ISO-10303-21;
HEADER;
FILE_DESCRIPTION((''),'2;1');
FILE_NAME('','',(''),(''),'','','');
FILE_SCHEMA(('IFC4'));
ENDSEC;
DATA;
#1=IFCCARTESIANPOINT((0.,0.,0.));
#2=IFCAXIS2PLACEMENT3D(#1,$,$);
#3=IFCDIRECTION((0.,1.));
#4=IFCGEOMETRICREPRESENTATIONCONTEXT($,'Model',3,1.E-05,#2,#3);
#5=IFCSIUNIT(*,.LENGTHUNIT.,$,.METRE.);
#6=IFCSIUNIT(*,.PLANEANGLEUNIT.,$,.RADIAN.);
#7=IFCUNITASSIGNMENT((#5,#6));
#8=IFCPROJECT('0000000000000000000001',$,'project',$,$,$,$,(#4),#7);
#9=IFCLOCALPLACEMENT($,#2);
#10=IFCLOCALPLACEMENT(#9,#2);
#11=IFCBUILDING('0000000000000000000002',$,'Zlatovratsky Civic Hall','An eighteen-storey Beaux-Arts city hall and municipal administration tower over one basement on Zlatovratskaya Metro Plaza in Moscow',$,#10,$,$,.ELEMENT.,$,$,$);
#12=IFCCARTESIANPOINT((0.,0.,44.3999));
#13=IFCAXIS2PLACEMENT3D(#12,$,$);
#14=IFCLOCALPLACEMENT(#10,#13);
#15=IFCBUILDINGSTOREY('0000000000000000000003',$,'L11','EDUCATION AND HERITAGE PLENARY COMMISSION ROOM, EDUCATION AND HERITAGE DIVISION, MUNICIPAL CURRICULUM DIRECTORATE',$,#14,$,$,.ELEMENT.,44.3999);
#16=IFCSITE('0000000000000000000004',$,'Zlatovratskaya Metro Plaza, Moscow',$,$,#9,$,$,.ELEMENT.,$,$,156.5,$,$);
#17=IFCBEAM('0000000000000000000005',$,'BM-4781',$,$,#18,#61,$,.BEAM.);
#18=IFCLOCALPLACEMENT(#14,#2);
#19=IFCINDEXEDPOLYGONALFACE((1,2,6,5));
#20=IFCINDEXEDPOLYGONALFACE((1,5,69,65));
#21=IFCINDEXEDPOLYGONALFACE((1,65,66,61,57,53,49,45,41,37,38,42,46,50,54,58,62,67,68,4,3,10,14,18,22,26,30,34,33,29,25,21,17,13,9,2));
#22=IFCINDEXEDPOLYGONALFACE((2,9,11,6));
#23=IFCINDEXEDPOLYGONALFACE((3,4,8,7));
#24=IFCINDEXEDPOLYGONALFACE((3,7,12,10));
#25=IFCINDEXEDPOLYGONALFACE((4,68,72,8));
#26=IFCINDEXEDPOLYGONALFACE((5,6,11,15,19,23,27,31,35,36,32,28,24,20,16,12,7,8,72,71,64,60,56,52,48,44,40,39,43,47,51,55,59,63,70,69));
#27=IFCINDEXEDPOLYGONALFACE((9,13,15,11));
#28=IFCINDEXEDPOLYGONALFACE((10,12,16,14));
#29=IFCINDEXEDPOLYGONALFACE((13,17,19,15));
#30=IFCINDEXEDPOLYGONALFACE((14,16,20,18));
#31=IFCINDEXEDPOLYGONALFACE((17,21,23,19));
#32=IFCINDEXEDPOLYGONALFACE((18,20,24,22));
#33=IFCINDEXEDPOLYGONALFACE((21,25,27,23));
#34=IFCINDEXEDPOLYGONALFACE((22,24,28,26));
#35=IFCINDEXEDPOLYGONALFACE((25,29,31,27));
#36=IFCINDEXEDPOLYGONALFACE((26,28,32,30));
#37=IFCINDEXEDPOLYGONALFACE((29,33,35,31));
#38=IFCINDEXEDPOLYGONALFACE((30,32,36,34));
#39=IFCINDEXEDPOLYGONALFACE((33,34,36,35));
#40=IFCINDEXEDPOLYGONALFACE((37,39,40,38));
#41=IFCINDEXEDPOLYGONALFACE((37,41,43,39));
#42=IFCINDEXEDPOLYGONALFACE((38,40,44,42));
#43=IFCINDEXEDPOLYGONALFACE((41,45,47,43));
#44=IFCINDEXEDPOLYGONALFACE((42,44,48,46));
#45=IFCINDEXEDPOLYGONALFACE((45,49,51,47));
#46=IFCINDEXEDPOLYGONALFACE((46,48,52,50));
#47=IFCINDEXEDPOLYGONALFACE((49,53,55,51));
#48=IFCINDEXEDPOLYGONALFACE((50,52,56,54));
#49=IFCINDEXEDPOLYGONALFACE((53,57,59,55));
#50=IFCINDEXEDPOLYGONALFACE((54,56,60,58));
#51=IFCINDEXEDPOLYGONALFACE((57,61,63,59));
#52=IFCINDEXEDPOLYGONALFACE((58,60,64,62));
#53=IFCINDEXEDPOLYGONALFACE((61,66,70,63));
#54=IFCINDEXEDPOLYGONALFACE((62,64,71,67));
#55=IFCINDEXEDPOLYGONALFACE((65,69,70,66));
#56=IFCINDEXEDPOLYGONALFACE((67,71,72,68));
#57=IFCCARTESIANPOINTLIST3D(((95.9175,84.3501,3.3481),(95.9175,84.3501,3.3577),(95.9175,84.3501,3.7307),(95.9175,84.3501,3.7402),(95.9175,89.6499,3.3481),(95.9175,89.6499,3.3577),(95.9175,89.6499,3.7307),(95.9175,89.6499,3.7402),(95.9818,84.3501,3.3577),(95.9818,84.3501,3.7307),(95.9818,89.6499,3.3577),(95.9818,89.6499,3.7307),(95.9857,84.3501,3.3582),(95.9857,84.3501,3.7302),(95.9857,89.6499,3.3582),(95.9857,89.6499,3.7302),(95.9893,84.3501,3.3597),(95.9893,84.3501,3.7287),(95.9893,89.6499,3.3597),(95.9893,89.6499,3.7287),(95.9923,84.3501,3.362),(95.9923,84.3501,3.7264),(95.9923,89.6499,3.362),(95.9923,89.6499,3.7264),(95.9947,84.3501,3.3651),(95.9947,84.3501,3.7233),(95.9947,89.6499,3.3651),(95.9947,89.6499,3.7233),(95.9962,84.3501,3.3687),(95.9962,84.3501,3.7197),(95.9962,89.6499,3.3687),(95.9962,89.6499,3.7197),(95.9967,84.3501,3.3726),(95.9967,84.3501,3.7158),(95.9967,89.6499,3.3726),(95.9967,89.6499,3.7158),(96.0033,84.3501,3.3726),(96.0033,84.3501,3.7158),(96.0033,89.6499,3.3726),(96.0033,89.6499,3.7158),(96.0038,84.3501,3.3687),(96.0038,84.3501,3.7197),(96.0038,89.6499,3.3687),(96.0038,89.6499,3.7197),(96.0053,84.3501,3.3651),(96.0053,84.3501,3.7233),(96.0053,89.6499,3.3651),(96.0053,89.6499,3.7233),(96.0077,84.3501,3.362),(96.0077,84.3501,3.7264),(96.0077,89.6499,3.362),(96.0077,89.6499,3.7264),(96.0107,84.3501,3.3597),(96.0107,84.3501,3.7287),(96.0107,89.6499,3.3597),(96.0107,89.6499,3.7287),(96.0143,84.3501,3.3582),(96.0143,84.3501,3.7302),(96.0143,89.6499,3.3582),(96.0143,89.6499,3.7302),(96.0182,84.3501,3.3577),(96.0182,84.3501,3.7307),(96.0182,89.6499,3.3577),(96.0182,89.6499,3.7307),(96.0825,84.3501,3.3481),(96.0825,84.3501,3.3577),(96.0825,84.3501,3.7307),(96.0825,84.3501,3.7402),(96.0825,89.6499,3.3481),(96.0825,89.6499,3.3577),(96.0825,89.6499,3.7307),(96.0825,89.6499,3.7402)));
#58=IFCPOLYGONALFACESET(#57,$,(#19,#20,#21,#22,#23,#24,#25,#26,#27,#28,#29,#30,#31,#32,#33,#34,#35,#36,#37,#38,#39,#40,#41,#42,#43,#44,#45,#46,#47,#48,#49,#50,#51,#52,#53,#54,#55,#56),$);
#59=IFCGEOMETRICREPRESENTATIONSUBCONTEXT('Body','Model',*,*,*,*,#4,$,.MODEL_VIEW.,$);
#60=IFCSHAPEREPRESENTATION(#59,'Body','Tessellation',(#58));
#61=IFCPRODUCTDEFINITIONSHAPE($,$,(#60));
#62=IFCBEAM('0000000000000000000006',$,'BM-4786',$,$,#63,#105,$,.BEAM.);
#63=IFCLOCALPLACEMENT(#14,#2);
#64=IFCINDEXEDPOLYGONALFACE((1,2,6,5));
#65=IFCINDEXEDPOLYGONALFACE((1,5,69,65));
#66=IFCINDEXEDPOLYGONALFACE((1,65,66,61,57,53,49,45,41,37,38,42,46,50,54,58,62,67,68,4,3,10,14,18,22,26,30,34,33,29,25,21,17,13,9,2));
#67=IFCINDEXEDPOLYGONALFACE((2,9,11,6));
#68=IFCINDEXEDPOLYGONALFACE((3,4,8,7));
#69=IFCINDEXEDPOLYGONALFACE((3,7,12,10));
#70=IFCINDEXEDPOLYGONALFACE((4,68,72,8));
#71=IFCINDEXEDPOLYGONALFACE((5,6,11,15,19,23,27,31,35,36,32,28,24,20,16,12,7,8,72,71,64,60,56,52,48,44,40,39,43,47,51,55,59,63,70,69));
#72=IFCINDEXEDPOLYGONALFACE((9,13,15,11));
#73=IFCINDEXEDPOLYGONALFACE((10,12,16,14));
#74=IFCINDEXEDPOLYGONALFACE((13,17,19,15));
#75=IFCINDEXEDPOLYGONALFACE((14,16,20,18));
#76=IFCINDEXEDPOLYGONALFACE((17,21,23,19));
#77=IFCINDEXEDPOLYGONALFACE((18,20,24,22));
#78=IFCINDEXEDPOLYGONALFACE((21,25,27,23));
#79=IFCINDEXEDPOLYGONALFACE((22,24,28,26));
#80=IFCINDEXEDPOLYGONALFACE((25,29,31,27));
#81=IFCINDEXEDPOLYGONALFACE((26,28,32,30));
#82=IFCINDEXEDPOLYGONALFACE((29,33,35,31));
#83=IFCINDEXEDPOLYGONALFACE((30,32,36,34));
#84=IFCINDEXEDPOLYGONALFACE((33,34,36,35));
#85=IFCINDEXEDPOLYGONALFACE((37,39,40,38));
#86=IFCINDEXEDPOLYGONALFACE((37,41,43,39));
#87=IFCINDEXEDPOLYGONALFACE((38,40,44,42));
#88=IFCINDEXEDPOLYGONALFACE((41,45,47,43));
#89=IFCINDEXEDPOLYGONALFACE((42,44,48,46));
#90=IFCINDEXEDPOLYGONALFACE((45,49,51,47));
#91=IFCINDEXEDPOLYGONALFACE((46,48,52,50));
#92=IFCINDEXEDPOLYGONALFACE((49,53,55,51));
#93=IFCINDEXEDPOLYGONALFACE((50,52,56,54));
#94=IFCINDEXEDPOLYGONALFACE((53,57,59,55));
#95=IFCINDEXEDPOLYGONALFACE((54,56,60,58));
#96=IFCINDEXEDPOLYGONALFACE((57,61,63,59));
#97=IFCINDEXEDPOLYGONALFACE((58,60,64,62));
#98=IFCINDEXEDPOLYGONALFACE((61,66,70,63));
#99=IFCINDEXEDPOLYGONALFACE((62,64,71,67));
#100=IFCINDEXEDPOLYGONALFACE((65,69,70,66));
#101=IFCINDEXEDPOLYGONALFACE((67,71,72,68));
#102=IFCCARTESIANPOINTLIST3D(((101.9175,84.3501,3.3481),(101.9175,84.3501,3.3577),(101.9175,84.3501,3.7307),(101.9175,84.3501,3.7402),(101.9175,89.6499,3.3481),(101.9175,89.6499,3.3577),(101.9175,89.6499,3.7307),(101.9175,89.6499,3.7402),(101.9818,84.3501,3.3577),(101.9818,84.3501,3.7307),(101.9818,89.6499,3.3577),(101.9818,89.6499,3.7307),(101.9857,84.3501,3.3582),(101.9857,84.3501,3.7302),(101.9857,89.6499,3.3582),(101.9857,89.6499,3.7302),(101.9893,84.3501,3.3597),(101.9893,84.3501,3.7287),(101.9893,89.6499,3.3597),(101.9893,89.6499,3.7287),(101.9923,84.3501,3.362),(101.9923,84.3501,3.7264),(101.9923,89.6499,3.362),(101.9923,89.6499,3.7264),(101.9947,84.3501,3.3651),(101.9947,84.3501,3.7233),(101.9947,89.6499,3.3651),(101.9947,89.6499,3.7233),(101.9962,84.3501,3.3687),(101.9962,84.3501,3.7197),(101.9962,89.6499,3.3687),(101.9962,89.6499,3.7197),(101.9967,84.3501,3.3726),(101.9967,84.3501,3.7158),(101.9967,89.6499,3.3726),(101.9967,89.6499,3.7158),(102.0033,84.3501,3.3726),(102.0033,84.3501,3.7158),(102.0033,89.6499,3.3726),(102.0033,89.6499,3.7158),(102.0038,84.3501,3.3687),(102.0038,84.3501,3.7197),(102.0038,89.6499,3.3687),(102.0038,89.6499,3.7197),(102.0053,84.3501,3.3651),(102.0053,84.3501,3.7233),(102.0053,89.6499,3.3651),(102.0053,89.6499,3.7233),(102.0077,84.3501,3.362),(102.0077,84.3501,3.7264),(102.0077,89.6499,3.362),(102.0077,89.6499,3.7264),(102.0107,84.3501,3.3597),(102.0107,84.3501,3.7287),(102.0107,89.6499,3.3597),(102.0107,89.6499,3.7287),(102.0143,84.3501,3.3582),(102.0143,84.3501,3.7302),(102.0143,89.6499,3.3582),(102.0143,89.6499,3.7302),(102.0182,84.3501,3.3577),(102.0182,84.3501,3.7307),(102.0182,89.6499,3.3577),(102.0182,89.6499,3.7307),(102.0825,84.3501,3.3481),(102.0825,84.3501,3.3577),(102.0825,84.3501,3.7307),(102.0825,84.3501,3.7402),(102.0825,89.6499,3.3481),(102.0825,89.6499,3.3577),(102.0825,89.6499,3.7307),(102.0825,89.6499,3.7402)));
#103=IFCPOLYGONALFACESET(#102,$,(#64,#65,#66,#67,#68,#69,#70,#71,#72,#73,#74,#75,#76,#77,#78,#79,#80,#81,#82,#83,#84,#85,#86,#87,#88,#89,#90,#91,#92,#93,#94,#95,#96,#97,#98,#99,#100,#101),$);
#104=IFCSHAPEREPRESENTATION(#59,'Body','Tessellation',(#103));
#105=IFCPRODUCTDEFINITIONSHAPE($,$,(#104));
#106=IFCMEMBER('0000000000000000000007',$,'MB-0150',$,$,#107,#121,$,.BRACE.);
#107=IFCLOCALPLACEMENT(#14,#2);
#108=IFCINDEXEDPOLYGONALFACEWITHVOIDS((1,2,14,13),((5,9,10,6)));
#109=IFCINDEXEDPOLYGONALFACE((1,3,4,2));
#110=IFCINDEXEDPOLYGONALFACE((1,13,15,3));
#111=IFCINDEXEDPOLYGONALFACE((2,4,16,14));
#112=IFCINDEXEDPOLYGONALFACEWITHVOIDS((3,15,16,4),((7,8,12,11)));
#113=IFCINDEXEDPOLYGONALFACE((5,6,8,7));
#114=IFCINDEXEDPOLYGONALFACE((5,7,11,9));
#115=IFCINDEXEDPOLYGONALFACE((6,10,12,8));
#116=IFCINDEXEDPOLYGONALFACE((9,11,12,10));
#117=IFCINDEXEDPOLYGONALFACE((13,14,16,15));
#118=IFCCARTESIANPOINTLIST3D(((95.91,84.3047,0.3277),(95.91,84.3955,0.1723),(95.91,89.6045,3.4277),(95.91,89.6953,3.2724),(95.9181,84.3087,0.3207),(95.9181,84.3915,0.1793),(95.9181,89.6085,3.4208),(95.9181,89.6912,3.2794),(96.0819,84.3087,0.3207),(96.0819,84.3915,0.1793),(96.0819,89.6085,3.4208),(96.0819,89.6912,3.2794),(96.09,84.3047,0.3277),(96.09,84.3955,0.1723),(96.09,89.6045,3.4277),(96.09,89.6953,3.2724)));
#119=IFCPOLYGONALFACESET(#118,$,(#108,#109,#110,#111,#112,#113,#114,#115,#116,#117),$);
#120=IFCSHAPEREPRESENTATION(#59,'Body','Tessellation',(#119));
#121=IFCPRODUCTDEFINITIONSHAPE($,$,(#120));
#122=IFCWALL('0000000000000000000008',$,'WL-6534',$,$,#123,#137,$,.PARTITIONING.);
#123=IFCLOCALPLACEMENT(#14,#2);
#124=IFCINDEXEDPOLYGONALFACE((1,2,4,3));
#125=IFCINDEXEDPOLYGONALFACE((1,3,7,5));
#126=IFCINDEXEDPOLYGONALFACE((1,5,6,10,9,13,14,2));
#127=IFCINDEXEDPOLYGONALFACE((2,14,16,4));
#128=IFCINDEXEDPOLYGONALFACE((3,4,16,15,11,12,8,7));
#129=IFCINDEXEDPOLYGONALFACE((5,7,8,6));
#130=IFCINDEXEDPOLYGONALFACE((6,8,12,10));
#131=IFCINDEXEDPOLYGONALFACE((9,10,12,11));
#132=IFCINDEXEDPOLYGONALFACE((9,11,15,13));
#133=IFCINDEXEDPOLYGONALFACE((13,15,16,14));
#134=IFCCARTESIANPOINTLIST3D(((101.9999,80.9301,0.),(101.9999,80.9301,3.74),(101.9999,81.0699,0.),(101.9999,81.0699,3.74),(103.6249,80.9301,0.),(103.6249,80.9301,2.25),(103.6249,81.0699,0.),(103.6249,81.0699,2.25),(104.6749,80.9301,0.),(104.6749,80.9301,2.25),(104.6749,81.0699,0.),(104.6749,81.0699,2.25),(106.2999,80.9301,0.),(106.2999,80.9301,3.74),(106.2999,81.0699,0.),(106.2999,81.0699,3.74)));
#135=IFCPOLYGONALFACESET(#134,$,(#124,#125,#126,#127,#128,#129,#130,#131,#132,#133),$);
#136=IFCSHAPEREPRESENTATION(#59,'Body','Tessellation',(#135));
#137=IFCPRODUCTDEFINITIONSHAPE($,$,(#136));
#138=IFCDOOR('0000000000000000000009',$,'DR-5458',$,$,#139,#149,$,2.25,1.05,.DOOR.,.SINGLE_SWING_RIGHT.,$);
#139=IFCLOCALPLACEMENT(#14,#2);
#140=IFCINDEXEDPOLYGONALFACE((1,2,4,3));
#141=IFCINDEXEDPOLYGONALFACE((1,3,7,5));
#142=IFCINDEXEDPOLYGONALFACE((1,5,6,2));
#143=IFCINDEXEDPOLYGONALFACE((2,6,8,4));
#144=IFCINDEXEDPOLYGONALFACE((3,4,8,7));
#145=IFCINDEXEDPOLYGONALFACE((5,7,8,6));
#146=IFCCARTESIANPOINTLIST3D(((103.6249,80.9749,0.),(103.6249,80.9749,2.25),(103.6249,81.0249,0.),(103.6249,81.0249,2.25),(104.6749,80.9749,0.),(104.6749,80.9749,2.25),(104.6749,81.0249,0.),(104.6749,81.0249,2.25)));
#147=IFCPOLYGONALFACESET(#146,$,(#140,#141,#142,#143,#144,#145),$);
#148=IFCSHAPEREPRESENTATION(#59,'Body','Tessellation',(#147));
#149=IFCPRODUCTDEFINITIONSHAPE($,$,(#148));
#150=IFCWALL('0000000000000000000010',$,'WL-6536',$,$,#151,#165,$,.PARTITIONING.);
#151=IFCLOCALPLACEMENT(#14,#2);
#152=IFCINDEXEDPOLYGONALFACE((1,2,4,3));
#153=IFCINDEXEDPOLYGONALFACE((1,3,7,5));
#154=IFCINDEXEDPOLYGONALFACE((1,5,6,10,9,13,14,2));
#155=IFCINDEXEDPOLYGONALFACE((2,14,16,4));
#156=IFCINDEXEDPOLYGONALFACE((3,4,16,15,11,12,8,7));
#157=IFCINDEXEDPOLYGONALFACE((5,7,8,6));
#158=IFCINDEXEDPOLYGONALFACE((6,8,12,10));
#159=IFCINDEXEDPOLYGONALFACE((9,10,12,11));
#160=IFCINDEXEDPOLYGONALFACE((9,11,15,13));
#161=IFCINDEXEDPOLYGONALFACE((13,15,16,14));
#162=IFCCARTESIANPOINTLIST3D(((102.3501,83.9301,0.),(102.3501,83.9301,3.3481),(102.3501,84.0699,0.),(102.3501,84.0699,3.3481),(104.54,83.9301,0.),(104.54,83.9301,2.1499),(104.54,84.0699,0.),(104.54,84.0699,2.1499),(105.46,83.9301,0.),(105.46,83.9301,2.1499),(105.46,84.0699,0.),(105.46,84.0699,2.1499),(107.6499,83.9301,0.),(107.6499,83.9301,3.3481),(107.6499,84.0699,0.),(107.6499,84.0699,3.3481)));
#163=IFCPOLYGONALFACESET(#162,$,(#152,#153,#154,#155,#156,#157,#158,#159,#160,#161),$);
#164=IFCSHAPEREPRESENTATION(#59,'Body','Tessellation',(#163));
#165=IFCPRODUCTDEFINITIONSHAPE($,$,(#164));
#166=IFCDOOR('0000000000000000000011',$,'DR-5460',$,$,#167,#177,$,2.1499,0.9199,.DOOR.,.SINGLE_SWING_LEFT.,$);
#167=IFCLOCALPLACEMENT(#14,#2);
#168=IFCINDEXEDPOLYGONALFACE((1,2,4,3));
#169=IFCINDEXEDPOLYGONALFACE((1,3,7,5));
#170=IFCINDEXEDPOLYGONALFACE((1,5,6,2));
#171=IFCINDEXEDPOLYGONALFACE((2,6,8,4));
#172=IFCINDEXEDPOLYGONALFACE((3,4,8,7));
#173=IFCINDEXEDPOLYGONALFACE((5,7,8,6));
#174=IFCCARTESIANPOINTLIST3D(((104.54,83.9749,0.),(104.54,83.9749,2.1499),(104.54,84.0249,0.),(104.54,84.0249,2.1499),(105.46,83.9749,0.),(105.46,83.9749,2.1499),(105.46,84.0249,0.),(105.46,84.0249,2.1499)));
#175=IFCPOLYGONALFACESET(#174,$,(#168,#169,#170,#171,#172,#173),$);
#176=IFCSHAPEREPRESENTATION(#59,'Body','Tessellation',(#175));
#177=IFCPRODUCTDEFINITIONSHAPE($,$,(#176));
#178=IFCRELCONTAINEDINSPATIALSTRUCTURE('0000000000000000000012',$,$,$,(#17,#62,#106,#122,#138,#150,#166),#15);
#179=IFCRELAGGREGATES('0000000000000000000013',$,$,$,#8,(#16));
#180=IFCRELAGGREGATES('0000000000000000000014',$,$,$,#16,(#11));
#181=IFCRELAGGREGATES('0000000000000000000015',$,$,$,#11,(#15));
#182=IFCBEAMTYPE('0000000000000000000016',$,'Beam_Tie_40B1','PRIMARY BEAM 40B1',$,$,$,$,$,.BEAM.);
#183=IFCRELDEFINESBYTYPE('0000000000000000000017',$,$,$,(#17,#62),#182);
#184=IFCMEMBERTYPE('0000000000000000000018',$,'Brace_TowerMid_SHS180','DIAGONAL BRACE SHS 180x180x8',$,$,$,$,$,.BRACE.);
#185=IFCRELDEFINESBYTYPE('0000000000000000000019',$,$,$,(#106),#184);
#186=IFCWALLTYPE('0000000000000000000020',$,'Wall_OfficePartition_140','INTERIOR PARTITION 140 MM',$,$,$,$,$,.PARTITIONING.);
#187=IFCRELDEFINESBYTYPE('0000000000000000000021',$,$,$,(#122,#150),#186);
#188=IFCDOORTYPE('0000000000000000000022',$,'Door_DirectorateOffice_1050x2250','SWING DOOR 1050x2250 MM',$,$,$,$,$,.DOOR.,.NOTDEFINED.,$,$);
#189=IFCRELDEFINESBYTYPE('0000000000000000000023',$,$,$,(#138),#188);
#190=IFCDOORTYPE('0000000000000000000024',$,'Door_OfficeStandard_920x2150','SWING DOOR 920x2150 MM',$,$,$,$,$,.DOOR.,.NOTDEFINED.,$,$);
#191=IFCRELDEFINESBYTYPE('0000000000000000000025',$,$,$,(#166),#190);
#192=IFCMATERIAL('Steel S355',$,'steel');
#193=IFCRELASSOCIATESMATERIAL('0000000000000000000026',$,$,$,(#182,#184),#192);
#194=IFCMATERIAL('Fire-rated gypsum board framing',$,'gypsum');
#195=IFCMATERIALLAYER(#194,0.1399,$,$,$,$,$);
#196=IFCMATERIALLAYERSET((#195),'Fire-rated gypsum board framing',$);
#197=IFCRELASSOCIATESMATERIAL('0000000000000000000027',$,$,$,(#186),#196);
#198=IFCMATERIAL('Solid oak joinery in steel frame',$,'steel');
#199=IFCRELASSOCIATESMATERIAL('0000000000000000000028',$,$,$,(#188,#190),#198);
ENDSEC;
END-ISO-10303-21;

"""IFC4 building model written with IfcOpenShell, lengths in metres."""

from ifc_helpers import new_model, si_unit, direction, frame, frame_2d, origin, origin_2d, place, context, subcontext, project, spatial, rectangle, hollow_rectangle, i_section, extrude, material, layer, layer_set, material_profile, profile_set, type_object, element, fill, save


model = new_model("IFC4")

# Units and contexts
model_context = context("Model", 3, precision=1e-05, world=origin(), true_north=direction((0.0, 1.0)))
body_context = subcontext(model_context, "Body", "Model", "MODEL_VIEW")
ifc_project = project(units=[si_unit("LENGTHUNIT", "METRE"), si_unit("PLANEANGLEUNIT", "RADIAN")], contexts=[model_context])

# Site, building, storey
site_placement = place(None, origin())
site = spatial("IfcSite", under=ifc_project, at=site_placement, Name="Zlatovratskaya Metro Plaza, Moscow", CompositionType="ELEMENT", RefElevation=156.5)
building_placement = place(site_placement, origin())
building = spatial("IfcBuilding", under=site, at=building_placement, Name="Zlatovratsky Civic Hall", Description="An eighteen-storey Beaux-Arts city hall and municipal administration tower over one basement on Zlatovratskaya Metro Plaza in Moscow", CompositionType="ELEMENT")
storey_placement = place(building_placement, frame((0.0, 0.0, 44.3999)))
storey = spatial("IfcBuildingStorey", under=building, at=storey_placement, Name="L11", Description="EDUCATION AND HERITAGE PLENARY COMMISSION ROOM, EDUCATION AND HERITAGE DIVISION, MUNICIPAL CURRICULUM DIRECTORATE", CompositionType="ELEMENT", Elevation=44.3999)

# Beams
ifc_material_1 = material(Name="Steel S355", Category="steel")
ifc_material_profile_1 = material_profile(ifc_material_1, i_section(OverallWidth=0.165, OverallDepth=0.3921, WebThickness=0.0066, FlangeThickness=0.0095, FilletRadius=0.0149, at=origin_2d()), Name="40B1")
ifc_profile_set_1 = profile_set([ifc_material_profile_1], Name="Steel S355")
beam_type_1 = type_object("IfcBeamType", Name="Beam_Tie_40B1", Description="PRIMARY BEAM 40B1", PredefinedType="BEAM", material=ifc_profile_set_1)
for number, where, z_axis, x_axis, name in (
    (1, (96.0, 84.3501, 3.5442), (0.0, 1.0, 0.0), (-1.0, 0.0, 0.0), "BM-4781"),
    (2, (102.0, 84.3501, 3.5442), (0.0, 1.0, 0.0), (-1.0, 0.0, 0.0), "BM-4786"),
):
    element("IfcBeam", number, at=place(storey_placement, frame(where, z_axis=z_axis, x_axis=x_axis)), inside=storey, type_object=beam_type_1, Name=name, PredefinedType="BEAM", context=body_context, shape_type="SweptSolid", body=[
        extrude(i_section(OverallWidth=0.165, OverallDepth=0.3921, WebThickness=0.0066, FlangeThickness=0.0095, FilletRadius=0.0149, at=origin_2d()), origin(), (0.0, 0.0, 1.0), 5.2998),
    ])

# Member
ifc_material_profile_2 = material_profile(ifc_material_1, hollow_rectangle(XDim=0.1799, YDim=0.1799, WallThickness=0.0081, at=origin_2d()), Name="SHS 180x180x8")
ifc_profile_set_2 = profile_set([ifc_material_profile_2], Name="Steel S355")
member_type = type_object("IfcMemberType", Name="Brace_TowerMid_SHS180", Description="DIAGONAL BRACE SHS 180x180x8", PredefinedType="BRACE", material=ifc_profile_set_2)
member_placement = place(storey_placement, frame((96.0, 84.3501, 0.25), z_axis=(0.0, 0.863173, 0.504909), x_axis=(-1.0, 0.0, 0.0)))
element("IfcMember", 3, at=member_placement, inside=storey, type_object=member_type, Name="MB-0150", PredefinedType="BRACE", context=body_context, shape_type="SweptSolid", body=[
    extrude(hollow_rectangle(XDim=0.1799, YDim=0.1799, WallThickness=0.0081, at=origin_2d()), origin(), (0.0, 0.0, 1.0), 6.1399),
])

# Walls, openings, doors
ifc_material_2 = material(Name="Fire-rated gypsum board framing", Category="gypsum")
ifc_layer_1 = layer(ifc_material_2, 0.1399)
ifc_layer_set_1 = layer_set([ifc_layer_1], Name="Fire-rated gypsum board framing")
wall_type_1 = type_object("IfcWallType", Name="Wall_OfficePartition_140", Description="INTERIOR PARTITION 140 MM", PredefinedType="PARTITIONING", material=ifc_layer_set_1)
wall_1_placement = place(storey_placement, frame((102.0, 81.0, 0.0), z_axis=(0.0, 0.0, 1.0), x_axis=(1.0, 0.0, 0.0)))
wall_1 = element("IfcWall", 4, at=wall_1_placement, inside=storey, type_object=wall_type_1, Name="WL-6534", PredefinedType="PARTITIONING", context=body_context, shape_type="SweptSolid", body=[
    extrude(rectangle(XDim=4.3, YDim=0.1399, at=frame_2d((2.1499, 0.0))), origin(), (0.0, 0.0, 1.0), 3.74),
])
opening_1_placement = place(wall_1_placement, frame((1.625, 0.0, 0.0)))
opening_1 = element("IfcOpeningElement", 5, at=opening_1_placement, cuts=wall_1, PredefinedType="OPENING", context=body_context, shape_type="SweptSolid", body=[
    extrude(rectangle(XDim=1.05, YDim=2.25, at=frame_2d((0.5249, 1.125))), frame((0.0, 0.085, 0.0), z_axis=(0.0, -1.0, 0.0), x_axis=(1.0, 0.0, 0.0)), (0.0, 0.0, 1.0), 0.1697),
])
ifc_material_3 = material(Name="Solid oak joinery in steel frame", Category="steel")
door_type_1 = type_object("IfcDoorType", Name="Door_DirectorateOffice_1050x2250", Description="SWING DOOR 1050x2250 MM", OperationType="NOTDEFINED", PredefinedType="DOOR", material=ifc_material_3)
door_1_placement = place(opening_1_placement, origin())
door_1 = element("IfcDoor", 6, at=door_1_placement, inside=storey, type_object=door_type_1, Name="DR-5458", OperationType="SINGLE_SWING_RIGHT", OverallHeight=2.25, OverallWidth=1.05, PredefinedType="DOOR", context=body_context, shape_type="SweptSolid", body=[
    extrude(rectangle(XDim=1.05, YDim=2.25, at=frame_2d((0.5249, 1.125))), frame((0.0, 0.0249, 0.0), z_axis=(0.0, -1.0, 0.0), x_axis=(1.0, 0.0, 0.0)), (0.0, 0.0, 1.0), 0.05),
])
fill(opening_1, door_1)
wall_2_placement = place(storey_placement, frame((102.3501, 84.0, 0.0), z_axis=(0.0, 0.0, 1.0), x_axis=(1.0, 0.0, 0.0)))
wall_2 = element("IfcWall", 7, at=wall_2_placement, inside=storey, type_object=wall_type_1, Name="WL-6536", PredefinedType="PARTITIONING", context=body_context, shape_type="SweptSolid", body=[
    extrude(rectangle(XDim=5.2998, YDim=0.1399, at=frame_2d((2.6499, 0.0))), origin(), (0.0, 0.0, 1.0), 3.3481),
])
opening_2_placement = place(wall_2_placement, frame((2.1899, 0.0, 0.0)))
opening_2 = element("IfcOpeningElement", 8, at=opening_2_placement, cuts=wall_2, PredefinedType="OPENING", context=body_context, shape_type="SweptSolid", body=[
    extrude(rectangle(XDim=0.9199, YDim=2.1499, at=frame_2d((0.46, 1.075))), frame((0.0, 0.085, 0.0), z_axis=(0.0, -1.0, 0.0), x_axis=(1.0, 0.0, 0.0)), (0.0, 0.0, 1.0), 0.1697),
])
door_type_2 = type_object("IfcDoorType", Name="Door_OfficeStandard_920x2150", Description="SWING DOOR 920x2150 MM", OperationType="NOTDEFINED", PredefinedType="DOOR", material=ifc_material_3)
door_2_placement = place(opening_2_placement, origin())
door_2 = element("IfcDoor", 9, at=door_2_placement, inside=storey, type_object=door_type_2, Name="DR-5460", OperationType="SINGLE_SWING_LEFT", OverallHeight=2.1499, OverallWidth=0.9199, PredefinedType="DOOR", context=body_context, shape_type="SweptSolid", body=[
    extrude(rectangle(XDim=0.9199, YDim=2.1499, at=frame_2d((0.46, 1.075))), frame((0.0, 0.0249, 0.0), z_axis=(0.0, -1.0, 0.0), x_axis=(1.0, 0.0, 0.0)), (0.0, 0.0, 1.0), 0.05),
])
fill(opening_2, door_2)

save(model, "model.ifc")
